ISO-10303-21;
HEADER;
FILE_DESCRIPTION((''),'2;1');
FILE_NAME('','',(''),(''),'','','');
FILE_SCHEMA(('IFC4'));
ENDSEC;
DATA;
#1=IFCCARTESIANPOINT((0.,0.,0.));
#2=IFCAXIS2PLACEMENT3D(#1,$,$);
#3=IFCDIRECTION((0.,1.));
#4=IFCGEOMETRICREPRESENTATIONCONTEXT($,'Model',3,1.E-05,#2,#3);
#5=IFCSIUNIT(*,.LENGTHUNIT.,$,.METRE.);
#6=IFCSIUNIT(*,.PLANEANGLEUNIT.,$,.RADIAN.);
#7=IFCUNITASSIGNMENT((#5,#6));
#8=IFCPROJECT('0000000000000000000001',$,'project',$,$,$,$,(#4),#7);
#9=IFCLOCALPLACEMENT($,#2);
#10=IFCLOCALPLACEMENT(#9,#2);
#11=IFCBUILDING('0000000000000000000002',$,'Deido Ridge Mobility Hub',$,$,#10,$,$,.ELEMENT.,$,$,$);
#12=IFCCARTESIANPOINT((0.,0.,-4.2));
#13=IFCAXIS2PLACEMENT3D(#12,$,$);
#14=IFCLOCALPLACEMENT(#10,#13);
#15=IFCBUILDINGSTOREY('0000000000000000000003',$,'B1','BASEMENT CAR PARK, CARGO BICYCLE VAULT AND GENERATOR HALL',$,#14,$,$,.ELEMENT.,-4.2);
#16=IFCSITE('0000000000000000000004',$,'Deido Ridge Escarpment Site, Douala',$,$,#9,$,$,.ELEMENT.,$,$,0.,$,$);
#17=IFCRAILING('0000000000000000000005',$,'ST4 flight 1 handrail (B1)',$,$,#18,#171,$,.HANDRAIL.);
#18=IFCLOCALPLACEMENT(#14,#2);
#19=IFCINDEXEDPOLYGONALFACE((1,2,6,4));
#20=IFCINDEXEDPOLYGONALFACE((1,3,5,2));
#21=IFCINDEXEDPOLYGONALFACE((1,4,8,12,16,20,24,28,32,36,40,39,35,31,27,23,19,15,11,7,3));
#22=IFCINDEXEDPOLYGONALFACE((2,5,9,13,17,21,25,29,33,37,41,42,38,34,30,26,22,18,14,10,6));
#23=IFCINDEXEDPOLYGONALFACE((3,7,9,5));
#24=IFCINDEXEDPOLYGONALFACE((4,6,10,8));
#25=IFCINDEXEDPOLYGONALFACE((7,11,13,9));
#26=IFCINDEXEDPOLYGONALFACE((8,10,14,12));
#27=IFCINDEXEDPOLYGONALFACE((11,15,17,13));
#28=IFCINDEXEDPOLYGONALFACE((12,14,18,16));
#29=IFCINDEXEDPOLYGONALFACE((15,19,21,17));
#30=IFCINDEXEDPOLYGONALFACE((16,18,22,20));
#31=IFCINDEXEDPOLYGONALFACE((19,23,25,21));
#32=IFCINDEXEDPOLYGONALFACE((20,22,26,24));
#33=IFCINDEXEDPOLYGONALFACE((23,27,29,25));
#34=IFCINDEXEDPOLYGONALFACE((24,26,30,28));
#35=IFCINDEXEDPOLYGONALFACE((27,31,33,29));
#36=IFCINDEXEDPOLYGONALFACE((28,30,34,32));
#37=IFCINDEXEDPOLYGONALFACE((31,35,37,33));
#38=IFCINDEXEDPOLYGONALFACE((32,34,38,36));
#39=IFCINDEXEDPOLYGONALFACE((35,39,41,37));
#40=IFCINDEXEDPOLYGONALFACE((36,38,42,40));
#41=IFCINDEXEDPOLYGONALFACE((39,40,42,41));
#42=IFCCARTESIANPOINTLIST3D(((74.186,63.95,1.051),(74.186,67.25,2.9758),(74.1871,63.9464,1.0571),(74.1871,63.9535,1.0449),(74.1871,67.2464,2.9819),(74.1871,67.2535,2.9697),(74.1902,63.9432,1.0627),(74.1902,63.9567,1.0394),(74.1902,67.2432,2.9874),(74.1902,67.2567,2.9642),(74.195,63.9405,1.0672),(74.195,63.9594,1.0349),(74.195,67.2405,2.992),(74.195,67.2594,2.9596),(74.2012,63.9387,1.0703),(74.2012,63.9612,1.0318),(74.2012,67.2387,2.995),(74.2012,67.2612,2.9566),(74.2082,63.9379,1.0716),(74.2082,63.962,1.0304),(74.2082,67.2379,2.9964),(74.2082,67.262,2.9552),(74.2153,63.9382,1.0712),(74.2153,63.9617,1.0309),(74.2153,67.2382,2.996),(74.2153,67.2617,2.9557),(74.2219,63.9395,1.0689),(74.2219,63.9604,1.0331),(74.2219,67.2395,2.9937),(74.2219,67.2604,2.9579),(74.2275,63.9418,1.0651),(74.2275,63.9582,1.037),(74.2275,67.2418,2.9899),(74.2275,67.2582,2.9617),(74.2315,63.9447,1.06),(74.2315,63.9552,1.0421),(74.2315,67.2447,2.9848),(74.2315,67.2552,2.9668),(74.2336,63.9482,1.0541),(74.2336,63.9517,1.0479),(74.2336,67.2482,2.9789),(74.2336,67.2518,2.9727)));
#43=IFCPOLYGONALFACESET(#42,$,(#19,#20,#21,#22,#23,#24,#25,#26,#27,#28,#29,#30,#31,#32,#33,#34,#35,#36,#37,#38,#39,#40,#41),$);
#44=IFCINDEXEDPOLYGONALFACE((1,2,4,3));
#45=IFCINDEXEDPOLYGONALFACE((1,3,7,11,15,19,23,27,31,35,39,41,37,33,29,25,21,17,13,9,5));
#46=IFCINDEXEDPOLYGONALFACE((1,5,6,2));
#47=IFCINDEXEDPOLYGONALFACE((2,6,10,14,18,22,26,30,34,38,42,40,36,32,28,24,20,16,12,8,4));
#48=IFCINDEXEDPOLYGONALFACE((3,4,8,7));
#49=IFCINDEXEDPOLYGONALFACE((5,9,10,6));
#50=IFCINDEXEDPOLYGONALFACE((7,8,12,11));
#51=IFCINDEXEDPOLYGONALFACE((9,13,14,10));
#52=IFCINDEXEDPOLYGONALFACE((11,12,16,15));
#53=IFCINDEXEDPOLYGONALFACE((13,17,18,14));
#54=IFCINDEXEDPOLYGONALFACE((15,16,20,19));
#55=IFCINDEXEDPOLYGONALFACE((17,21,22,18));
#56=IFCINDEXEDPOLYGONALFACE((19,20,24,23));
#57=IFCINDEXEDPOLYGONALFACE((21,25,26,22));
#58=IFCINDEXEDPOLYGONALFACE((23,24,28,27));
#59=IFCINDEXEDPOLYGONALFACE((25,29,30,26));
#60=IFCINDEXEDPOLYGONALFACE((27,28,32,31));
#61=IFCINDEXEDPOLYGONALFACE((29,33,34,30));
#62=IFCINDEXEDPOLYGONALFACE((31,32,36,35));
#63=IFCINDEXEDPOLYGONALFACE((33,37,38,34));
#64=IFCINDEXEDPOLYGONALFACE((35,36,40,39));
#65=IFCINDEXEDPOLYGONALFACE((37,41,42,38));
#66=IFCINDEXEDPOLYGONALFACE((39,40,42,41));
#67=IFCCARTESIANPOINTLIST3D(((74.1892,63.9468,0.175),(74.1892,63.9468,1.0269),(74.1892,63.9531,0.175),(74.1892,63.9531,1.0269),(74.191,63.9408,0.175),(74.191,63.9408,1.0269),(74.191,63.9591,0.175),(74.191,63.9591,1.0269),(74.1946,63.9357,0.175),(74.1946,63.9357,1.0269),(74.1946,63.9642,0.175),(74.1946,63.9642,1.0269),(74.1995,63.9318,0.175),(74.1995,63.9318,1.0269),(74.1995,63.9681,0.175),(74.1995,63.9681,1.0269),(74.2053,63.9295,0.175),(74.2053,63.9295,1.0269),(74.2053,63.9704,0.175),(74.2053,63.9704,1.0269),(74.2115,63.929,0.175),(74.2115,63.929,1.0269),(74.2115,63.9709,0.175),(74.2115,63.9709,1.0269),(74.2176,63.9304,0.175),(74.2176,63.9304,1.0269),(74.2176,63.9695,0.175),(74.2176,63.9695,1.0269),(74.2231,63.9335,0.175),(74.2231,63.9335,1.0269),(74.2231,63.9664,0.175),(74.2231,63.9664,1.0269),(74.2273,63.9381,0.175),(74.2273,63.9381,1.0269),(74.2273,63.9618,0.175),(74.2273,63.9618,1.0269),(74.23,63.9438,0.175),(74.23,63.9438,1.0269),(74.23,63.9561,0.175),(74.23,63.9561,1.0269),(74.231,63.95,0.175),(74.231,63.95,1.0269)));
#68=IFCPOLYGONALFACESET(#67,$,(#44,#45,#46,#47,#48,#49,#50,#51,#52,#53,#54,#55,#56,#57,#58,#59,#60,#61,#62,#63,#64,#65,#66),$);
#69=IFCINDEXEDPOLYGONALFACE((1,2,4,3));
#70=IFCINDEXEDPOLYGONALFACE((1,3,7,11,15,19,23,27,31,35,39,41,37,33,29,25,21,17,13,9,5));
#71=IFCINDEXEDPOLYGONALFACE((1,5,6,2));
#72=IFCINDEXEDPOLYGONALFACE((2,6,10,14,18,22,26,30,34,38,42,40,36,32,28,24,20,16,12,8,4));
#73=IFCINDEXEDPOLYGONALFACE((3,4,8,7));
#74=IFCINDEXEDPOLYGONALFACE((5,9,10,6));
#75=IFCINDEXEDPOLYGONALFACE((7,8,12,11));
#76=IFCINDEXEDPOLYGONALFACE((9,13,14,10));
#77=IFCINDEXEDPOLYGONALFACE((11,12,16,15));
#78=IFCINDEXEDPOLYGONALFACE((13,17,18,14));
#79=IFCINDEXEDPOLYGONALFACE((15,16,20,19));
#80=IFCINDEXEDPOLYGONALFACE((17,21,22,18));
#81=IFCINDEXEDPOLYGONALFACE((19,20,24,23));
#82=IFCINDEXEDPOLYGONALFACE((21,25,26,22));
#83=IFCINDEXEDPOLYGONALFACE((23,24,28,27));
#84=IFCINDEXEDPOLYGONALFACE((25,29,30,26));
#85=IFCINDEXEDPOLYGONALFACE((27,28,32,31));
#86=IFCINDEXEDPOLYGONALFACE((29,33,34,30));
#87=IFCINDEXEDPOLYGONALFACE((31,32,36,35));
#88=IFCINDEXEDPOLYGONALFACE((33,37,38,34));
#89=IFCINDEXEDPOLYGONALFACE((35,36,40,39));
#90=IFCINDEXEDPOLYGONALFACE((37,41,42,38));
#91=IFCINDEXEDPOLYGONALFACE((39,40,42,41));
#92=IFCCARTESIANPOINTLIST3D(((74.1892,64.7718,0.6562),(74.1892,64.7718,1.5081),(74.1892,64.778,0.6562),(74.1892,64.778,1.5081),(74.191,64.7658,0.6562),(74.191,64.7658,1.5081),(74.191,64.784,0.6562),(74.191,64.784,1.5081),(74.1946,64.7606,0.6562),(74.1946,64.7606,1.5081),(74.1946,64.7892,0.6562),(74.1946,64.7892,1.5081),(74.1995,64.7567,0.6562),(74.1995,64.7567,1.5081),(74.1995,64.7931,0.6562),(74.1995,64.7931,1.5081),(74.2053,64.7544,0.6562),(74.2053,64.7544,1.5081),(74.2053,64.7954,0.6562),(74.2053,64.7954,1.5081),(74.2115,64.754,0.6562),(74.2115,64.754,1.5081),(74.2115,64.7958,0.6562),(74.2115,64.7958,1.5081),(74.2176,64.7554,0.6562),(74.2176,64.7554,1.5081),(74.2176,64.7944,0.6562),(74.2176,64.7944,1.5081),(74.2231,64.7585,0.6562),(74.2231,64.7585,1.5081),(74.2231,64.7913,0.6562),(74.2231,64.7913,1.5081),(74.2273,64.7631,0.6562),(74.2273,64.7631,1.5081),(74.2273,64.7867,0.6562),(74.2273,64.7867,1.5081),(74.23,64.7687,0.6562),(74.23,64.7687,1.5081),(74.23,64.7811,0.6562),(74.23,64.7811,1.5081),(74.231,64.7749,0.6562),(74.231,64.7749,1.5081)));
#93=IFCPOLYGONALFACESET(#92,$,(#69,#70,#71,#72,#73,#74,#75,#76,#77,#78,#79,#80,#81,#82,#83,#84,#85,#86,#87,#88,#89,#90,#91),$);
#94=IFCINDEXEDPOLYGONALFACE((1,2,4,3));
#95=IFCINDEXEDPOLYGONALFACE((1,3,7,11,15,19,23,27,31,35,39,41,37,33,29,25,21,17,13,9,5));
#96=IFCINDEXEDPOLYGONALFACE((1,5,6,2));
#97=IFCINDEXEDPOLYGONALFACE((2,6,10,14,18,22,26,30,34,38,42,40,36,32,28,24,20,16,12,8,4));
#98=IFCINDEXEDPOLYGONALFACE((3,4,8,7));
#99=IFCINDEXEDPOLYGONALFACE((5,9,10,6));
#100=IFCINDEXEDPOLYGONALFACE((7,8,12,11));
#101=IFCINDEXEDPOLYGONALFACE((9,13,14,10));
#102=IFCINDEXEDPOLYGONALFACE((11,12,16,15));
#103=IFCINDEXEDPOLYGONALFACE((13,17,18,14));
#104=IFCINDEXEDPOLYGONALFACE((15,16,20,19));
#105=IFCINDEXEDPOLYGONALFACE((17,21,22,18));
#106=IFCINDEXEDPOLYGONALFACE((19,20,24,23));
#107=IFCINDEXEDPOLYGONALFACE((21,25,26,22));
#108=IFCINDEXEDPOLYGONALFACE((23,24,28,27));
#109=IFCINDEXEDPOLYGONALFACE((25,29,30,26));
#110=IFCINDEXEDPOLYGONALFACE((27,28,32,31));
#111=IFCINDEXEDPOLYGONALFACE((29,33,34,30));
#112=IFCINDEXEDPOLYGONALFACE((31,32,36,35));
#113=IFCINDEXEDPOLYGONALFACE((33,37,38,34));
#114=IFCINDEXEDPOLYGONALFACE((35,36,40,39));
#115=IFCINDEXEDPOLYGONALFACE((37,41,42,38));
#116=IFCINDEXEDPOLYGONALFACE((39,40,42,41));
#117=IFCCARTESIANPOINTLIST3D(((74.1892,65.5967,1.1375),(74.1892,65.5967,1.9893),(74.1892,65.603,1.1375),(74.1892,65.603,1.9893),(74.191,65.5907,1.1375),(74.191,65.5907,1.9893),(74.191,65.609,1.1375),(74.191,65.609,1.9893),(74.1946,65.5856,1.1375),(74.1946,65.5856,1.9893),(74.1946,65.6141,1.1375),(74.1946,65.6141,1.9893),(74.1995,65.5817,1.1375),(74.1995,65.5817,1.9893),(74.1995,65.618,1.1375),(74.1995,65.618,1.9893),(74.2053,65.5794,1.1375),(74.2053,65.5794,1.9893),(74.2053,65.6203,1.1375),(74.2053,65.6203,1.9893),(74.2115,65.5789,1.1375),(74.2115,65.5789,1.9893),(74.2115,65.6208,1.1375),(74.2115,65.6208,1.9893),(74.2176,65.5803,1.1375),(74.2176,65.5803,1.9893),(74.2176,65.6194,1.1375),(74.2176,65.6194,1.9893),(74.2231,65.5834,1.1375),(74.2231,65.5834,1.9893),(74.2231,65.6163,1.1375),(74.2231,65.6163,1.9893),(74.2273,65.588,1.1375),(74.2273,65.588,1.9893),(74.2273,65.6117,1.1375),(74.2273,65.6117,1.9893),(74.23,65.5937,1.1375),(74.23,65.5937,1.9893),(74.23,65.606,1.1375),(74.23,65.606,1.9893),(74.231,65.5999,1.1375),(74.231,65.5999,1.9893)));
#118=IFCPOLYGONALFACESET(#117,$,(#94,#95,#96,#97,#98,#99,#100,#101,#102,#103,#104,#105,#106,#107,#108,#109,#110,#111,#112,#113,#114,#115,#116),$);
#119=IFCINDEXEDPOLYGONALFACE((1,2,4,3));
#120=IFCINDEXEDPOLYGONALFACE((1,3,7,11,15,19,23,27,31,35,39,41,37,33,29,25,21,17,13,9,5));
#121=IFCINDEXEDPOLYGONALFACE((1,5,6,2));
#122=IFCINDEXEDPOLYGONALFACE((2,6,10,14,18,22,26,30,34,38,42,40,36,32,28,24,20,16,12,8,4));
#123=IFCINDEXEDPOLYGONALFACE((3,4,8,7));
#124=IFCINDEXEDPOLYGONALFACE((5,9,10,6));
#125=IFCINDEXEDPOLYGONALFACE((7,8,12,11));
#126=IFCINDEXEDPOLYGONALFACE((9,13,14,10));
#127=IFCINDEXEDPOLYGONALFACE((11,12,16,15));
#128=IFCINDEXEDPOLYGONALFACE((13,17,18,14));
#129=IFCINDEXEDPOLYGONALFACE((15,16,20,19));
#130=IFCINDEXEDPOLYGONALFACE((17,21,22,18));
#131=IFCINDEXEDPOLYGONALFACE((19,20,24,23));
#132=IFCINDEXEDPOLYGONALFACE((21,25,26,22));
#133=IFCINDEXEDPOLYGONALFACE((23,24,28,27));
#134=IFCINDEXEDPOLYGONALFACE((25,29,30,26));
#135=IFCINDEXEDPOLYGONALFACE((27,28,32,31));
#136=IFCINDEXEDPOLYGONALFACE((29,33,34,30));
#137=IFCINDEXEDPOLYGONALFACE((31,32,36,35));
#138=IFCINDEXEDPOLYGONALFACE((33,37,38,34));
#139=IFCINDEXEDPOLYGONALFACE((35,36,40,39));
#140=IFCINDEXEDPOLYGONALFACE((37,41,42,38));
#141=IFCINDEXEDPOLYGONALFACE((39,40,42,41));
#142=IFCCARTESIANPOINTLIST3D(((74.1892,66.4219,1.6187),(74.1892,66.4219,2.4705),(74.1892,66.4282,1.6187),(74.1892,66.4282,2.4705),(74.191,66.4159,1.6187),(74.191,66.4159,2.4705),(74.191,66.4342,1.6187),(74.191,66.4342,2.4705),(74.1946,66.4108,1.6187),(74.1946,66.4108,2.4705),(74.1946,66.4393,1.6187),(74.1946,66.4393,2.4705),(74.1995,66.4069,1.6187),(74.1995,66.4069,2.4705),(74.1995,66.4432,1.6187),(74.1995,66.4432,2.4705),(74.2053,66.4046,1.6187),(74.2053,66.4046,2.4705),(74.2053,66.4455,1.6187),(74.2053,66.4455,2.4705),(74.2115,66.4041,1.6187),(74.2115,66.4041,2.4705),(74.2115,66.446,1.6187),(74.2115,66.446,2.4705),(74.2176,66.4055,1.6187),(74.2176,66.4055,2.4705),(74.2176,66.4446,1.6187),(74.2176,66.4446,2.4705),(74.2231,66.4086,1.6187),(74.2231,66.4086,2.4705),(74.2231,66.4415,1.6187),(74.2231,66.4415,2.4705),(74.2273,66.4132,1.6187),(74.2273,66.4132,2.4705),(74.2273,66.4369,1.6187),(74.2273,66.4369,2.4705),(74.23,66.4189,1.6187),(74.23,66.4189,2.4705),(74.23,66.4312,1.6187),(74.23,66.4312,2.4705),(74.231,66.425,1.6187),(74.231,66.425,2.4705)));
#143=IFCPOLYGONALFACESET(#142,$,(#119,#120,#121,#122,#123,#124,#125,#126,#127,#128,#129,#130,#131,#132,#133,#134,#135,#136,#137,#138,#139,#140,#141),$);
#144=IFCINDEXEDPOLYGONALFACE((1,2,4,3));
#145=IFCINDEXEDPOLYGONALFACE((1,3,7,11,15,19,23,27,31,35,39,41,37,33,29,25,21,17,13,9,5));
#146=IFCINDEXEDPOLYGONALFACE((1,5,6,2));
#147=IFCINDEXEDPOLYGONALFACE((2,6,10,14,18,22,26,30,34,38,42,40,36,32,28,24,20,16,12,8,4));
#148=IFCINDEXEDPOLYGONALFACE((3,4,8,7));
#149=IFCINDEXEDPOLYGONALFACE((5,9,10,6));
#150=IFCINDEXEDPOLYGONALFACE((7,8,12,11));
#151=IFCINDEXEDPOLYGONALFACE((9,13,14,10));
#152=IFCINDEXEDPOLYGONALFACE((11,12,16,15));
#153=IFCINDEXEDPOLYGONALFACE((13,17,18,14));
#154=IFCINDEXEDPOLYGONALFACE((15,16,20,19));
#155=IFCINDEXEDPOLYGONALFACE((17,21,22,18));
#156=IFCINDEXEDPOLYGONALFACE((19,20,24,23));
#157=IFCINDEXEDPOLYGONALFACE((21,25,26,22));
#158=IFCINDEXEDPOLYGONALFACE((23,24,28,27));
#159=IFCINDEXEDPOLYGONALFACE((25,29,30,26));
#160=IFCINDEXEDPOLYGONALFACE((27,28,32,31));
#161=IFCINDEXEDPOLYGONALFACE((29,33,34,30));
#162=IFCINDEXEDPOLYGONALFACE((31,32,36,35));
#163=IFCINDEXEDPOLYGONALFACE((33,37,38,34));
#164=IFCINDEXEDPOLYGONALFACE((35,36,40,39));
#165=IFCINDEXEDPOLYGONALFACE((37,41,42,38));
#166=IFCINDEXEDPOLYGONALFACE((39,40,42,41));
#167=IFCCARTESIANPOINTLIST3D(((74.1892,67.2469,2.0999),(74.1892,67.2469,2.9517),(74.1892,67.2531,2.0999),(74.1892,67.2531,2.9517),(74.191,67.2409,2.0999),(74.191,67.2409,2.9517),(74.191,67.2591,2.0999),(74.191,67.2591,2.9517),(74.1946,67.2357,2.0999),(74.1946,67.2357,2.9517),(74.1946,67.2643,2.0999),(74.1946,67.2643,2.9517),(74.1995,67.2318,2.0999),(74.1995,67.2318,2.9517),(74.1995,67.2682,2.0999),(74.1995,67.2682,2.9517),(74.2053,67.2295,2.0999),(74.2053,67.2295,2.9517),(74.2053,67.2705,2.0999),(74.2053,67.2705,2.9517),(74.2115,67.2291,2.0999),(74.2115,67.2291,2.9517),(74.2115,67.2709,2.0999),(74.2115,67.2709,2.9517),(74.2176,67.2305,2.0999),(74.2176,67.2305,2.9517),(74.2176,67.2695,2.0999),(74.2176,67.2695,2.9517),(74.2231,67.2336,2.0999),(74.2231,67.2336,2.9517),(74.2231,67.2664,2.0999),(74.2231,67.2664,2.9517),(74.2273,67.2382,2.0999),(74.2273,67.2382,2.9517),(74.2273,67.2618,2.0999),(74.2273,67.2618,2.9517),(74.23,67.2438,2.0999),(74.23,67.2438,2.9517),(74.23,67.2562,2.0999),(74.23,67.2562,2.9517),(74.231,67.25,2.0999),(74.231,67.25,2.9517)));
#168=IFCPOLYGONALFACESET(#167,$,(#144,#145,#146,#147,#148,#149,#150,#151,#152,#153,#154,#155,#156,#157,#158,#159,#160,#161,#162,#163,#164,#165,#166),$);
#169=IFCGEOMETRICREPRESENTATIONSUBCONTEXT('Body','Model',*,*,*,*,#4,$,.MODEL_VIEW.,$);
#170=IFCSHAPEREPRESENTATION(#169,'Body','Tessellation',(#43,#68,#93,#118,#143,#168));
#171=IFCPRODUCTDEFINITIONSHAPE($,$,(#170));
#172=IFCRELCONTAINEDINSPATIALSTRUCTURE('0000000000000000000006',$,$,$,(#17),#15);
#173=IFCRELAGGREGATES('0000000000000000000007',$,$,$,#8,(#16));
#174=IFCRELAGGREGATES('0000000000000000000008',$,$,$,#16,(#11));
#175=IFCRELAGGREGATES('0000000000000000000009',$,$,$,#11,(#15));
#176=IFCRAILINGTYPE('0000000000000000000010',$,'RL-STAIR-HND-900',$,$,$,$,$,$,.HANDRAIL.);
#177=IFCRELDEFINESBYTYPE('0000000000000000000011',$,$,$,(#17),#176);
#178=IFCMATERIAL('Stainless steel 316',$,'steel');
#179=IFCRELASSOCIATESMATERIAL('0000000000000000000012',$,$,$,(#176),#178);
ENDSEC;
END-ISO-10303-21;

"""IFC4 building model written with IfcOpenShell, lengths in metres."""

from ifc_helpers import new_model, si_unit, direction, frame, origin, origin_2d, place, context, subcontext, project, spatial, circle, extrude, material, type_object, element, save


model = new_model("IFC4")

# Units and contexts
model_context = context("Model", 3, precision=1e-05, world=origin(), true_north=direction((0.0, 1.0)))
body_context = subcontext(model_context, "Body", "Model", "MODEL_VIEW")
ifc_project = project(units=[si_unit("LENGTHUNIT", "METRE"), si_unit("PLANEANGLEUNIT", "RADIAN")], contexts=[model_context])

# Site, building, storey
site_placement = place(None, origin())
site = spatial("IfcSite", under=ifc_project, at=site_placement, Name="Deido Ridge Escarpment Site, Douala", CompositionType="ELEMENT", RefElevation=0.0)
building_placement = place(site_placement, origin())
building = spatial("IfcBuilding", under=site, at=building_placement, Name="Deido Ridge Mobility Hub", CompositionType="ELEMENT")
storey_placement = place(building_placement, frame((0.0, 0.0, -4.2)))
storey = spatial("IfcBuildingStorey", under=building, at=storey_placement, Name="B1", Description="BASEMENT CAR PARK, CARGO BICYCLE VAULT AND GENERATOR HALL", CompositionType="ELEMENT", Elevation=-4.2)

# Shared definitions
ifc_material_1 = material(Name="Stainless steel 316", Category="steel")

# Railing
railing_type_1 = type_object("IfcRailingType", Name="RL-STAIR-HND-900", PredefinedType="HANDRAIL", material=ifc_material_1)
railing_1_placement = place(storey_placement, frame((74.21, 63.95, 0.175)))
element("IfcRailing", 1, at=railing_1_placement, inside=storey, type_object=railing_type_1, Name="ST4 flight 1 handrail (B1)", PredefinedType="HANDRAIL", context=body_context, shape_type="SweptSolid", body=[
    extrude(circle(Radius=0.0239, at=origin_2d()), frame((0.0, 0.0, 0.876), z_axis=(0.0, 0.863804, 0.503827), x_axis=(-1.0, 0.0, 0.0)), (0.0, 0.0, 1.0), 3.8203),
    extrude(circle(Radius=0.021, at=origin_2d()), origin(), (0.0, 0.0, 1.0), 0.8518),
    extrude(circle(Radius=0.021, at=origin_2d()), frame((0.0, 0.825, 0.4812)), (0.0, 0.0, 1.0), 0.8518),
    extrude(circle(Radius=0.021, at=origin_2d()), frame((0.0, 1.6499, 0.9624)), (0.0, 0.0, 1.0), 0.8518),
    extrude(circle(Radius=0.021, at=origin_2d()), frame((0.0, 2.4751, 1.4436)), (0.0, 0.0, 1.0), 0.8518),
    extrude(circle(Radius=0.021, at=origin_2d()), frame((0.0, 3.3, 1.9248)), (0.0, 0.0, 1.0), 0.8518),
])

save(model, "model.ifc")
